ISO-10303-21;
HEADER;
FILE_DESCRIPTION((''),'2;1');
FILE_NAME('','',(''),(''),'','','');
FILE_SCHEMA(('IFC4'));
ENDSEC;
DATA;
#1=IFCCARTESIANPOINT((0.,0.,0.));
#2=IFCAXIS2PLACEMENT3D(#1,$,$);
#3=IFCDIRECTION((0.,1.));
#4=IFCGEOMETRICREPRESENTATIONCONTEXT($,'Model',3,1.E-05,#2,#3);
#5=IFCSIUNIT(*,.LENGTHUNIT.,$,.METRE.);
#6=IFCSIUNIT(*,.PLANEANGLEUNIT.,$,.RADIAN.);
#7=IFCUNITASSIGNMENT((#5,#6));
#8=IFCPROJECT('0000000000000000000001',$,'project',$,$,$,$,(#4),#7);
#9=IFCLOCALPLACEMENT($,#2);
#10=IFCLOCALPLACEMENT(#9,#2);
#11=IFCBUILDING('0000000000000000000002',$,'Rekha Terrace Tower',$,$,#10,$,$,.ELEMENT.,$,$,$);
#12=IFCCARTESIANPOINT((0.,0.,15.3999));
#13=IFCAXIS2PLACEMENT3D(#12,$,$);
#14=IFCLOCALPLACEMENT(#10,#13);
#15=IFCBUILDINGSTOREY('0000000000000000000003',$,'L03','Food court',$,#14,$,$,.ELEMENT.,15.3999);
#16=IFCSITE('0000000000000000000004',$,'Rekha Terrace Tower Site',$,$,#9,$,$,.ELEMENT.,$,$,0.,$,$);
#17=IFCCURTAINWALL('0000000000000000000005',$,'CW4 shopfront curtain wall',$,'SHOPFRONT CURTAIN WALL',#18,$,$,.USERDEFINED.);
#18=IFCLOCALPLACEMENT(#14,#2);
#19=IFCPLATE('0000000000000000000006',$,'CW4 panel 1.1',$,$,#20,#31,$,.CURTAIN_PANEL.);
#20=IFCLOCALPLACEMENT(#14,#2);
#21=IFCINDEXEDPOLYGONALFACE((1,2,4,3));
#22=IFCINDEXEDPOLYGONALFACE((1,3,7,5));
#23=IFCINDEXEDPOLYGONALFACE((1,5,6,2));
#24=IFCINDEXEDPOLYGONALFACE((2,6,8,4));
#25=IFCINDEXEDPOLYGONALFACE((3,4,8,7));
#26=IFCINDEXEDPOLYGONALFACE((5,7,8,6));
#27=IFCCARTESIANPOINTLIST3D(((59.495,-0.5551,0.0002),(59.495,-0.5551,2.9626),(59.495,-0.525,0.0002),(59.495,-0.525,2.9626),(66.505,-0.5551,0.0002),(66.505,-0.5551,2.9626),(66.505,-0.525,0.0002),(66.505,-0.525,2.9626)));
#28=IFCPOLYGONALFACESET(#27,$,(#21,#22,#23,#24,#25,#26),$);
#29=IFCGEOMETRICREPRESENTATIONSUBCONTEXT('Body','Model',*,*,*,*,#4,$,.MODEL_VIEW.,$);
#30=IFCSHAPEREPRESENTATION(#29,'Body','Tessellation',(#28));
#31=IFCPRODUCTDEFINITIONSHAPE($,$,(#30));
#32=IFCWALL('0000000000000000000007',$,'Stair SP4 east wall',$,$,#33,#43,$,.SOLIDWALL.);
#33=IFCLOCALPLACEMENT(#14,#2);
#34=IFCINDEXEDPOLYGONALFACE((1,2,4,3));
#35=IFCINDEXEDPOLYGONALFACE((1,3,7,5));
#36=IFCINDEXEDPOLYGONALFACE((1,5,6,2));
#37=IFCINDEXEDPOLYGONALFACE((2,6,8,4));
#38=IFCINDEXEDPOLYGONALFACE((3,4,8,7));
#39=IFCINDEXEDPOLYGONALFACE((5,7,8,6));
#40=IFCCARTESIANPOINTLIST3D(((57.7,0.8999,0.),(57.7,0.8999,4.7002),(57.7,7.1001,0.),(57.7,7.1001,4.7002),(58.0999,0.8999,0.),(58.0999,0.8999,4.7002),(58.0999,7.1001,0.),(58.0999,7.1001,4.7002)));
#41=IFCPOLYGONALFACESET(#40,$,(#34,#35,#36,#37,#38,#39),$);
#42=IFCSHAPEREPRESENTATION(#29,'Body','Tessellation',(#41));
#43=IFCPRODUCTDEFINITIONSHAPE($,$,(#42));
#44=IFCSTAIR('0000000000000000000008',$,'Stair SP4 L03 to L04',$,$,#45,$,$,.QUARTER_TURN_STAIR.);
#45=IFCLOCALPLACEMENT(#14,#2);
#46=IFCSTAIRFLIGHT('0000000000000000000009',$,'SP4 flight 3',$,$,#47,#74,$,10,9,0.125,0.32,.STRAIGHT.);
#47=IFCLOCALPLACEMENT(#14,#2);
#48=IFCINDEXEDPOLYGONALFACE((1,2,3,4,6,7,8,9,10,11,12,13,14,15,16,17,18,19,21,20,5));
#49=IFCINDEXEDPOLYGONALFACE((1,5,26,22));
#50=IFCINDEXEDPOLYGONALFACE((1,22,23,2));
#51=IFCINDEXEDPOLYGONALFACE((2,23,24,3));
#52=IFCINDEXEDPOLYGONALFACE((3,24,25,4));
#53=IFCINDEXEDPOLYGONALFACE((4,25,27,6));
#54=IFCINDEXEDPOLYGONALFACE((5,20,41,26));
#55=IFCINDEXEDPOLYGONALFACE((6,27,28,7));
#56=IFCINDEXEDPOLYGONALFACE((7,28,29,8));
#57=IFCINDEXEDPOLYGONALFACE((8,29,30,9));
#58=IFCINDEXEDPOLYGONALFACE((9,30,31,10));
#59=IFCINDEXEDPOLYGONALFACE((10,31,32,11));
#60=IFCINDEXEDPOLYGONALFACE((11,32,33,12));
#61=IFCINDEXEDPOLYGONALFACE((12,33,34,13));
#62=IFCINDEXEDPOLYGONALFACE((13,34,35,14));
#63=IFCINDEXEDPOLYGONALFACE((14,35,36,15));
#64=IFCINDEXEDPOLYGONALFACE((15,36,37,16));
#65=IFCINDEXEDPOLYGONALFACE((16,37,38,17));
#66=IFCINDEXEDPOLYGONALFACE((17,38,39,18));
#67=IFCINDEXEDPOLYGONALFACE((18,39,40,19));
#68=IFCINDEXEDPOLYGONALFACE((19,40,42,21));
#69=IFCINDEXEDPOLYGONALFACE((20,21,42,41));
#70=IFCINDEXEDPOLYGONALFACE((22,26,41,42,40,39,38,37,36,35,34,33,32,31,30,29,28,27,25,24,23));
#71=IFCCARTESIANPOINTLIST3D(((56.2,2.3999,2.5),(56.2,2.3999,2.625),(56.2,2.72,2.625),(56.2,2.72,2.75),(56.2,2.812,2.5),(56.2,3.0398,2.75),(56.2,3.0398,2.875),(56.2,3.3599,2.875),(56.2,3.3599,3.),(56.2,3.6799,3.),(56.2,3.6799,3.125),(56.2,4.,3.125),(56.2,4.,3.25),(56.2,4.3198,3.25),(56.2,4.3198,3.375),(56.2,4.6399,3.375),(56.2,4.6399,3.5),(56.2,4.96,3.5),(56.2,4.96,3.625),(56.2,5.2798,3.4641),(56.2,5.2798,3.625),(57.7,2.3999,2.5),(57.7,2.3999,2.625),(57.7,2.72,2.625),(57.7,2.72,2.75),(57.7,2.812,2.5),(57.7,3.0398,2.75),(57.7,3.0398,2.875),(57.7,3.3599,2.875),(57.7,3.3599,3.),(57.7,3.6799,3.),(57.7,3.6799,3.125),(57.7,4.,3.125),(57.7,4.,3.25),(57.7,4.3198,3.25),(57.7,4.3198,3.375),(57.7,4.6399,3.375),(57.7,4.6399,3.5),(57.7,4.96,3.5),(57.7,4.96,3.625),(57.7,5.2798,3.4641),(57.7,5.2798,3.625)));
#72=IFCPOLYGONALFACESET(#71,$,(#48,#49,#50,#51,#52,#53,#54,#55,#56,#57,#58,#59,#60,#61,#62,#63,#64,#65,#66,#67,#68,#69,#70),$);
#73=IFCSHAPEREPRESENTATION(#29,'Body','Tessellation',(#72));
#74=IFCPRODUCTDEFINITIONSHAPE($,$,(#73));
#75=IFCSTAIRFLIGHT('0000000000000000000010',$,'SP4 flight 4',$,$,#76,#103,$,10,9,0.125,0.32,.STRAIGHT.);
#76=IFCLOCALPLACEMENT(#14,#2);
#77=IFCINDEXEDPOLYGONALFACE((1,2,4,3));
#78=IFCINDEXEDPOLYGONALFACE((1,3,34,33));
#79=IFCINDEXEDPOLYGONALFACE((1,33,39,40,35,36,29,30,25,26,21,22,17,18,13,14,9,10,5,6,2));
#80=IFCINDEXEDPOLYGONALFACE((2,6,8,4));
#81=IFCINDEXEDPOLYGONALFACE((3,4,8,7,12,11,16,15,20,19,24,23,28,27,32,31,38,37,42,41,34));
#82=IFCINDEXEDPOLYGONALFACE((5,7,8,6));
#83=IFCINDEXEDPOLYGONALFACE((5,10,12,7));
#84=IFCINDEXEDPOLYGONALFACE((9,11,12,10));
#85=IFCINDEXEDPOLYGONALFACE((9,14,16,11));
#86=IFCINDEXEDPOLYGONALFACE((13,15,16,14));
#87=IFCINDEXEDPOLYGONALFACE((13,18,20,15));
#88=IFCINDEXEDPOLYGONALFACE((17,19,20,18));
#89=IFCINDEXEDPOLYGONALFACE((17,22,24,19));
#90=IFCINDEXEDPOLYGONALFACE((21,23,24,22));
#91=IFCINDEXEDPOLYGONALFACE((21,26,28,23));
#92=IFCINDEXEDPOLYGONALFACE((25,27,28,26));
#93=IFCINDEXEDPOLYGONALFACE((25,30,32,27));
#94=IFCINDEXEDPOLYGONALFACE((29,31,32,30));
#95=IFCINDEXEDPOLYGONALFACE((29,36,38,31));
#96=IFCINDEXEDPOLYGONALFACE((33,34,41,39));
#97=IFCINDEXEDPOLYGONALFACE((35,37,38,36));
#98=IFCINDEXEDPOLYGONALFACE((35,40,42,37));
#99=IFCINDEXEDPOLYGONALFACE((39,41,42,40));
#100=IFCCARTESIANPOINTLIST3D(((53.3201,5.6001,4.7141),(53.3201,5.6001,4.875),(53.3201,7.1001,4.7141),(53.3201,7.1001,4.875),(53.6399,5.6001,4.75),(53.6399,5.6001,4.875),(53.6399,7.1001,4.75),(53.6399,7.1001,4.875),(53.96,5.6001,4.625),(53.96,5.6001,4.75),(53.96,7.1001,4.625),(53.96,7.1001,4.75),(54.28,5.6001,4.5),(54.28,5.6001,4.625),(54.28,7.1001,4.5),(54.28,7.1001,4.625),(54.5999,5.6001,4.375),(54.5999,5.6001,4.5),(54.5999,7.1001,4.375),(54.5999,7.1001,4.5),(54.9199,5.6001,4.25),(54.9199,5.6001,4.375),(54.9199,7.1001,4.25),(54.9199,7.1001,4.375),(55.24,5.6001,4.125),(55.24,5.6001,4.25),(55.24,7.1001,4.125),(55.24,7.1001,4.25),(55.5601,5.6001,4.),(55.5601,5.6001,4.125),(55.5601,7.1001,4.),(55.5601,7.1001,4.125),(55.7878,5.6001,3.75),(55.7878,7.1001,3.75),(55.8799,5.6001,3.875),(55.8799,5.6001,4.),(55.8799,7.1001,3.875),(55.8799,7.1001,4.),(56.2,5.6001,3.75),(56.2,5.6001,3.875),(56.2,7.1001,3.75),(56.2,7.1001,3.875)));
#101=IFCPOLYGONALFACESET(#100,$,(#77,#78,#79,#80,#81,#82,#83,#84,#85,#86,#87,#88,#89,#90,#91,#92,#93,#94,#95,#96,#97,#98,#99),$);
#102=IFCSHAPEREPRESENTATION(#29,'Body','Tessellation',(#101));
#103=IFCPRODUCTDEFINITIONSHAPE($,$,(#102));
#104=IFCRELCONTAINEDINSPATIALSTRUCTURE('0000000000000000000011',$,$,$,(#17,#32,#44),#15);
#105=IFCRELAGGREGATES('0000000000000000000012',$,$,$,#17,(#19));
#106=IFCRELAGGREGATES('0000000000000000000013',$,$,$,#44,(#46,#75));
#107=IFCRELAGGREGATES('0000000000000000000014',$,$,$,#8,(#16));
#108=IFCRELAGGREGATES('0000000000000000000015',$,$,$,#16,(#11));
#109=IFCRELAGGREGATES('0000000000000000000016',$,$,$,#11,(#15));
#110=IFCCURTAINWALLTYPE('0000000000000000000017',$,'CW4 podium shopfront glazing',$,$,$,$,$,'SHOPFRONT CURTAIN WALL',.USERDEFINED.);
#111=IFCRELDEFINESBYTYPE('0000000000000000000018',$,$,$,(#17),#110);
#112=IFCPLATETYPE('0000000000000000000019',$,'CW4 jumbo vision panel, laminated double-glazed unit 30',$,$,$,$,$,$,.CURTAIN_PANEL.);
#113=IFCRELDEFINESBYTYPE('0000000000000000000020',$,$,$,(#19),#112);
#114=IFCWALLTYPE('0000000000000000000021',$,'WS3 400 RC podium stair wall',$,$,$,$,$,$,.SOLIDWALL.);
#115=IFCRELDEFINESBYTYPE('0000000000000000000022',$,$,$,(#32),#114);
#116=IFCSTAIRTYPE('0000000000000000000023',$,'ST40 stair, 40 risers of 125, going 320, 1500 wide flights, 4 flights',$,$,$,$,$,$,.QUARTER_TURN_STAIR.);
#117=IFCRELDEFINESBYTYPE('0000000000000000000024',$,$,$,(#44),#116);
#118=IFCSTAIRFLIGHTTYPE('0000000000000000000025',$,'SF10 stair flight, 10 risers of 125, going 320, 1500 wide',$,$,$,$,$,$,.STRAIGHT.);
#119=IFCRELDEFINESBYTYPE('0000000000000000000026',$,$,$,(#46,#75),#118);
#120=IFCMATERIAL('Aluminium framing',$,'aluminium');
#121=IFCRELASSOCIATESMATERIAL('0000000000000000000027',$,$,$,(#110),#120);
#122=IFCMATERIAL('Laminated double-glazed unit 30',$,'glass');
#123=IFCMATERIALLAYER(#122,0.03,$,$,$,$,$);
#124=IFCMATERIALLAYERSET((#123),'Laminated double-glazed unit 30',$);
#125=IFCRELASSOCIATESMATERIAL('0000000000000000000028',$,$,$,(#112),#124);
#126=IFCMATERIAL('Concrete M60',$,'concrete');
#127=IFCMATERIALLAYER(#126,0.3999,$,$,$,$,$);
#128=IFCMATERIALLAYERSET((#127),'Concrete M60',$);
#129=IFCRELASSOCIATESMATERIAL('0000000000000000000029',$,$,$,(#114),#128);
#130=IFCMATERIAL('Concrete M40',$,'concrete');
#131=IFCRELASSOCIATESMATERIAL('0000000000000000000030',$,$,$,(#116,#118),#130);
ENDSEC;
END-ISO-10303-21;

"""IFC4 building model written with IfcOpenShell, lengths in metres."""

from ifc_helpers import new_model, si_unit, direction, frame, frame_2d, origin, origin_2d, place, context, subcontext, project, spatial, polyline, rectangle, outline, extrude, material, layer, layer_set, type_object, element, aggregate, save


model = new_model("IFC4")

# Units and contexts
model_context = context("Model", 3, precision=1e-05, world=origin(), true_north=direction((0.0, 1.0)))
body_context = subcontext(model_context, "Body", "Model", "MODEL_VIEW")
ifc_project = project(units=[si_unit("LENGTHUNIT", "METRE"), si_unit("PLANEANGLEUNIT", "RADIAN")], contexts=[model_context])

# Site, building, storey
site_placement = place(None, origin())
site = spatial("IfcSite", under=ifc_project, at=site_placement, Name="Rekha Terrace Tower Site", CompositionType="ELEMENT", RefElevation=0.0)
building_placement = place(site_placement, origin())
building = spatial("IfcBuilding", under=site, at=building_placement, Name="Rekha Terrace Tower", CompositionType="ELEMENT")
storey_placement = place(building_placement, frame((0.0, 0.0, 15.3999)))
storey = spatial("IfcBuildingStorey", under=building, at=storey_placement, Name="L03", Description="Food court", CompositionType="ELEMENT", Elevation=15.3999)

# Shared definitions
ifc_material_1 = material(Name="Concrete M60", Category="concrete")

# Shared definitions
ifc_material_2 = material(Name="Aluminium framing", Category="aluminium")
curtain_wall_type = type_object("IfcCurtainWallType", Name="CW4 podium shopfront glazing", ElementType="SHOPFRONT CURTAIN WALL", PredefinedType="USERDEFINED", material=ifc_material_2)

# Curtain wall
curtain_wall_1_placement = place(storey_placement, origin())
curtain_wall_1 = element("IfcCurtainWall", 1, at=curtain_wall_1_placement, inside=storey, type_object=curtain_wall_type, Name="CW4 shopfront curtain wall", ObjectType="SHOPFRONT CURTAIN WALL", PredefinedType="USERDEFINED")

# Plate
ifc_material_3 = material(Name="Laminated double-glazed unit 30", Category="glass")
ifc_layer_1 = layer(ifc_material_3, 0.03)
ifc_layer_set_1 = layer_set([ifc_layer_1], Name="Laminated double-glazed unit 30")
plate_type = type_object("IfcPlateType", Name="CW4 jumbo vision panel, laminated double-glazed unit 30", PredefinedType="CURTAIN_PANEL", material=ifc_layer_set_1)
plate_1_placement = place(storey_placement, frame((63.0, -0.54, 0.0002), z_axis=(0.0, 0.0, 1.0), x_axis=(1.0, 0.0, 0.0)))
plate_1 = element("IfcPlate", 2, at=plate_1_placement, type_object=plate_type, Name="CW4 panel 1.1", PredefinedType="CURTAIN_PANEL", context=body_context, shape_type="SweptSolid", body=[
    extrude(rectangle(XDim=7.01, YDim=0.03, at=origin_2d()), origin(), (0.0, 0.0, 1.0), 2.9624),
])
aggregate(curtain_wall_1, [plate_1])

# Wall
ifc_layer_2 = layer(ifc_material_1, 0.3999)
ifc_layer_set_2 = layer_set([ifc_layer_2], Name="Concrete M60")
wall_type = type_object("IfcWallType", Name="WS3 400 RC podium stair wall", PredefinedType="SOLIDWALL", material=ifc_layer_set_2)
wall_placement = place(storey_placement, frame((57.8999, 0.8999, 0.0), z_axis=(0.0, 0.0, 1.0), x_axis=(0.0, 1.0, 0.0)))
element("IfcWall", 3, at=wall_placement, inside=storey, type_object=wall_type, Name="Stair SP4 east wall", PredefinedType="SOLIDWALL", context=body_context, shape_type="SweptSolid", body=[
    extrude(rectangle(XDim=6.2002, YDim=0.3999, at=frame_2d((3.1001, 0.0))), origin(), (0.0, 0.0, 1.0), 4.7002),
])

# Stair, stair flights
ifc_material_4 = material(Name="Concrete M40", Category="concrete")
stair_type = type_object("IfcStairType", Name="ST40 stair, 40 risers of 125, going 320, 1500 wide flights, 4 flights", PredefinedType="QUARTER_TURN_STAIR", material=ifc_material_4)
stair_placement = place(storey_placement, origin())
stair = element("IfcStair", 4, at=stair_placement, inside=storey, type_object=stair_type, Name="Stair SP4 L03 to L04", PredefinedType="QUARTER_TURN_STAIR")
stair_flight_type = type_object("IfcStairFlightType", Name="SF10 stair flight, 10 risers of 125, going 320, 1500 wide", PredefinedType="STRAIGHT", material=ifc_material_4)
stair_flight_1_placement = place(storey_placement, frame((56.95, 2.3999, 2.5), z_axis=(0.0, 0.0, 1.0), x_axis=(0.0, 1.0, 0.0)))
stair_flight_1 = element("IfcStairFlight", 5, at=stair_flight_1_placement, type_object=stair_flight_type, Name="SP4 flight 3", NumberOfRisers=10, NumberOfTreads=9, PredefinedType="STRAIGHT", RiserHeight=0.125, TreadLength=0.32, context=body_context, shape_type="SweptSolid", body=[
    extrude(outline(polyline([(0.0, 0.0), (0.0, 0.125), (0.3201, 0.125), (0.3201, 0.25), (0.6399, 0.25), (0.6399, 0.375), (0.96, 0.375), (0.96, 0.5), (1.28, 0.5), (1.28, 0.625), (1.6001, 0.625), (1.6001, 0.75), (1.9199, 0.75), (1.9199, 0.875), (2.24, 0.875), (2.24, 1.0), (2.5601, 1.0), (2.5601, 1.125), (2.8799, 1.125), (2.8799, 1.25), (2.8799, 0.9641), (0.4121, 0.0), (0.0, 0.0)])), frame((0.0, 0.75, 0.0), z_axis=(0.0, -1.0, 0.0), x_axis=(1.0, 0.0, 0.0)), (0.0, 0.0, 1.0), 1.5),
])
stair_flight_2_placement = place(storey_placement, frame((56.2, 6.3501, 3.75), z_axis=(0.0, 0.0, 1.0), x_axis=(-1.0, 0.0, 0.0)))
stair_flight_2 = element("IfcStairFlight", 6, at=stair_flight_2_placement, type_object=stair_flight_type, Name="SP4 flight 4", NumberOfRisers=10, NumberOfTreads=9, PredefinedType="STRAIGHT", RiserHeight=0.125, TreadLength=0.32, context=body_context, shape_type="SweptSolid", body=[
    extrude(outline(polyline([(0.0, 0.0), (0.0, 0.125), (0.3201, 0.125), (0.3201, 0.25), (0.6399, 0.25), (0.6399, 0.375), (0.96, 0.375), (0.96, 0.5), (1.28, 0.5), (1.28, 0.625), (1.6001, 0.625), (1.6001, 0.75), (1.9199, 0.75), (1.9199, 0.875), (2.24, 0.875), (2.24, 1.0), (2.5601, 1.0), (2.5601, 1.125), (2.8799, 1.125), (2.8799, 1.25), (2.8799, 0.9641), (0.4121, 0.0), (0.0, 0.0)])), frame((0.0, 0.75, 0.0), z_axis=(0.0, -1.0, 0.0), x_axis=(1.0, 0.0, 0.0)), (0.0, 0.0, 1.0), 1.5),
])
aggregate(stair, [stair_flight_1, stair_flight_2])

save(model, "model.ifc")
